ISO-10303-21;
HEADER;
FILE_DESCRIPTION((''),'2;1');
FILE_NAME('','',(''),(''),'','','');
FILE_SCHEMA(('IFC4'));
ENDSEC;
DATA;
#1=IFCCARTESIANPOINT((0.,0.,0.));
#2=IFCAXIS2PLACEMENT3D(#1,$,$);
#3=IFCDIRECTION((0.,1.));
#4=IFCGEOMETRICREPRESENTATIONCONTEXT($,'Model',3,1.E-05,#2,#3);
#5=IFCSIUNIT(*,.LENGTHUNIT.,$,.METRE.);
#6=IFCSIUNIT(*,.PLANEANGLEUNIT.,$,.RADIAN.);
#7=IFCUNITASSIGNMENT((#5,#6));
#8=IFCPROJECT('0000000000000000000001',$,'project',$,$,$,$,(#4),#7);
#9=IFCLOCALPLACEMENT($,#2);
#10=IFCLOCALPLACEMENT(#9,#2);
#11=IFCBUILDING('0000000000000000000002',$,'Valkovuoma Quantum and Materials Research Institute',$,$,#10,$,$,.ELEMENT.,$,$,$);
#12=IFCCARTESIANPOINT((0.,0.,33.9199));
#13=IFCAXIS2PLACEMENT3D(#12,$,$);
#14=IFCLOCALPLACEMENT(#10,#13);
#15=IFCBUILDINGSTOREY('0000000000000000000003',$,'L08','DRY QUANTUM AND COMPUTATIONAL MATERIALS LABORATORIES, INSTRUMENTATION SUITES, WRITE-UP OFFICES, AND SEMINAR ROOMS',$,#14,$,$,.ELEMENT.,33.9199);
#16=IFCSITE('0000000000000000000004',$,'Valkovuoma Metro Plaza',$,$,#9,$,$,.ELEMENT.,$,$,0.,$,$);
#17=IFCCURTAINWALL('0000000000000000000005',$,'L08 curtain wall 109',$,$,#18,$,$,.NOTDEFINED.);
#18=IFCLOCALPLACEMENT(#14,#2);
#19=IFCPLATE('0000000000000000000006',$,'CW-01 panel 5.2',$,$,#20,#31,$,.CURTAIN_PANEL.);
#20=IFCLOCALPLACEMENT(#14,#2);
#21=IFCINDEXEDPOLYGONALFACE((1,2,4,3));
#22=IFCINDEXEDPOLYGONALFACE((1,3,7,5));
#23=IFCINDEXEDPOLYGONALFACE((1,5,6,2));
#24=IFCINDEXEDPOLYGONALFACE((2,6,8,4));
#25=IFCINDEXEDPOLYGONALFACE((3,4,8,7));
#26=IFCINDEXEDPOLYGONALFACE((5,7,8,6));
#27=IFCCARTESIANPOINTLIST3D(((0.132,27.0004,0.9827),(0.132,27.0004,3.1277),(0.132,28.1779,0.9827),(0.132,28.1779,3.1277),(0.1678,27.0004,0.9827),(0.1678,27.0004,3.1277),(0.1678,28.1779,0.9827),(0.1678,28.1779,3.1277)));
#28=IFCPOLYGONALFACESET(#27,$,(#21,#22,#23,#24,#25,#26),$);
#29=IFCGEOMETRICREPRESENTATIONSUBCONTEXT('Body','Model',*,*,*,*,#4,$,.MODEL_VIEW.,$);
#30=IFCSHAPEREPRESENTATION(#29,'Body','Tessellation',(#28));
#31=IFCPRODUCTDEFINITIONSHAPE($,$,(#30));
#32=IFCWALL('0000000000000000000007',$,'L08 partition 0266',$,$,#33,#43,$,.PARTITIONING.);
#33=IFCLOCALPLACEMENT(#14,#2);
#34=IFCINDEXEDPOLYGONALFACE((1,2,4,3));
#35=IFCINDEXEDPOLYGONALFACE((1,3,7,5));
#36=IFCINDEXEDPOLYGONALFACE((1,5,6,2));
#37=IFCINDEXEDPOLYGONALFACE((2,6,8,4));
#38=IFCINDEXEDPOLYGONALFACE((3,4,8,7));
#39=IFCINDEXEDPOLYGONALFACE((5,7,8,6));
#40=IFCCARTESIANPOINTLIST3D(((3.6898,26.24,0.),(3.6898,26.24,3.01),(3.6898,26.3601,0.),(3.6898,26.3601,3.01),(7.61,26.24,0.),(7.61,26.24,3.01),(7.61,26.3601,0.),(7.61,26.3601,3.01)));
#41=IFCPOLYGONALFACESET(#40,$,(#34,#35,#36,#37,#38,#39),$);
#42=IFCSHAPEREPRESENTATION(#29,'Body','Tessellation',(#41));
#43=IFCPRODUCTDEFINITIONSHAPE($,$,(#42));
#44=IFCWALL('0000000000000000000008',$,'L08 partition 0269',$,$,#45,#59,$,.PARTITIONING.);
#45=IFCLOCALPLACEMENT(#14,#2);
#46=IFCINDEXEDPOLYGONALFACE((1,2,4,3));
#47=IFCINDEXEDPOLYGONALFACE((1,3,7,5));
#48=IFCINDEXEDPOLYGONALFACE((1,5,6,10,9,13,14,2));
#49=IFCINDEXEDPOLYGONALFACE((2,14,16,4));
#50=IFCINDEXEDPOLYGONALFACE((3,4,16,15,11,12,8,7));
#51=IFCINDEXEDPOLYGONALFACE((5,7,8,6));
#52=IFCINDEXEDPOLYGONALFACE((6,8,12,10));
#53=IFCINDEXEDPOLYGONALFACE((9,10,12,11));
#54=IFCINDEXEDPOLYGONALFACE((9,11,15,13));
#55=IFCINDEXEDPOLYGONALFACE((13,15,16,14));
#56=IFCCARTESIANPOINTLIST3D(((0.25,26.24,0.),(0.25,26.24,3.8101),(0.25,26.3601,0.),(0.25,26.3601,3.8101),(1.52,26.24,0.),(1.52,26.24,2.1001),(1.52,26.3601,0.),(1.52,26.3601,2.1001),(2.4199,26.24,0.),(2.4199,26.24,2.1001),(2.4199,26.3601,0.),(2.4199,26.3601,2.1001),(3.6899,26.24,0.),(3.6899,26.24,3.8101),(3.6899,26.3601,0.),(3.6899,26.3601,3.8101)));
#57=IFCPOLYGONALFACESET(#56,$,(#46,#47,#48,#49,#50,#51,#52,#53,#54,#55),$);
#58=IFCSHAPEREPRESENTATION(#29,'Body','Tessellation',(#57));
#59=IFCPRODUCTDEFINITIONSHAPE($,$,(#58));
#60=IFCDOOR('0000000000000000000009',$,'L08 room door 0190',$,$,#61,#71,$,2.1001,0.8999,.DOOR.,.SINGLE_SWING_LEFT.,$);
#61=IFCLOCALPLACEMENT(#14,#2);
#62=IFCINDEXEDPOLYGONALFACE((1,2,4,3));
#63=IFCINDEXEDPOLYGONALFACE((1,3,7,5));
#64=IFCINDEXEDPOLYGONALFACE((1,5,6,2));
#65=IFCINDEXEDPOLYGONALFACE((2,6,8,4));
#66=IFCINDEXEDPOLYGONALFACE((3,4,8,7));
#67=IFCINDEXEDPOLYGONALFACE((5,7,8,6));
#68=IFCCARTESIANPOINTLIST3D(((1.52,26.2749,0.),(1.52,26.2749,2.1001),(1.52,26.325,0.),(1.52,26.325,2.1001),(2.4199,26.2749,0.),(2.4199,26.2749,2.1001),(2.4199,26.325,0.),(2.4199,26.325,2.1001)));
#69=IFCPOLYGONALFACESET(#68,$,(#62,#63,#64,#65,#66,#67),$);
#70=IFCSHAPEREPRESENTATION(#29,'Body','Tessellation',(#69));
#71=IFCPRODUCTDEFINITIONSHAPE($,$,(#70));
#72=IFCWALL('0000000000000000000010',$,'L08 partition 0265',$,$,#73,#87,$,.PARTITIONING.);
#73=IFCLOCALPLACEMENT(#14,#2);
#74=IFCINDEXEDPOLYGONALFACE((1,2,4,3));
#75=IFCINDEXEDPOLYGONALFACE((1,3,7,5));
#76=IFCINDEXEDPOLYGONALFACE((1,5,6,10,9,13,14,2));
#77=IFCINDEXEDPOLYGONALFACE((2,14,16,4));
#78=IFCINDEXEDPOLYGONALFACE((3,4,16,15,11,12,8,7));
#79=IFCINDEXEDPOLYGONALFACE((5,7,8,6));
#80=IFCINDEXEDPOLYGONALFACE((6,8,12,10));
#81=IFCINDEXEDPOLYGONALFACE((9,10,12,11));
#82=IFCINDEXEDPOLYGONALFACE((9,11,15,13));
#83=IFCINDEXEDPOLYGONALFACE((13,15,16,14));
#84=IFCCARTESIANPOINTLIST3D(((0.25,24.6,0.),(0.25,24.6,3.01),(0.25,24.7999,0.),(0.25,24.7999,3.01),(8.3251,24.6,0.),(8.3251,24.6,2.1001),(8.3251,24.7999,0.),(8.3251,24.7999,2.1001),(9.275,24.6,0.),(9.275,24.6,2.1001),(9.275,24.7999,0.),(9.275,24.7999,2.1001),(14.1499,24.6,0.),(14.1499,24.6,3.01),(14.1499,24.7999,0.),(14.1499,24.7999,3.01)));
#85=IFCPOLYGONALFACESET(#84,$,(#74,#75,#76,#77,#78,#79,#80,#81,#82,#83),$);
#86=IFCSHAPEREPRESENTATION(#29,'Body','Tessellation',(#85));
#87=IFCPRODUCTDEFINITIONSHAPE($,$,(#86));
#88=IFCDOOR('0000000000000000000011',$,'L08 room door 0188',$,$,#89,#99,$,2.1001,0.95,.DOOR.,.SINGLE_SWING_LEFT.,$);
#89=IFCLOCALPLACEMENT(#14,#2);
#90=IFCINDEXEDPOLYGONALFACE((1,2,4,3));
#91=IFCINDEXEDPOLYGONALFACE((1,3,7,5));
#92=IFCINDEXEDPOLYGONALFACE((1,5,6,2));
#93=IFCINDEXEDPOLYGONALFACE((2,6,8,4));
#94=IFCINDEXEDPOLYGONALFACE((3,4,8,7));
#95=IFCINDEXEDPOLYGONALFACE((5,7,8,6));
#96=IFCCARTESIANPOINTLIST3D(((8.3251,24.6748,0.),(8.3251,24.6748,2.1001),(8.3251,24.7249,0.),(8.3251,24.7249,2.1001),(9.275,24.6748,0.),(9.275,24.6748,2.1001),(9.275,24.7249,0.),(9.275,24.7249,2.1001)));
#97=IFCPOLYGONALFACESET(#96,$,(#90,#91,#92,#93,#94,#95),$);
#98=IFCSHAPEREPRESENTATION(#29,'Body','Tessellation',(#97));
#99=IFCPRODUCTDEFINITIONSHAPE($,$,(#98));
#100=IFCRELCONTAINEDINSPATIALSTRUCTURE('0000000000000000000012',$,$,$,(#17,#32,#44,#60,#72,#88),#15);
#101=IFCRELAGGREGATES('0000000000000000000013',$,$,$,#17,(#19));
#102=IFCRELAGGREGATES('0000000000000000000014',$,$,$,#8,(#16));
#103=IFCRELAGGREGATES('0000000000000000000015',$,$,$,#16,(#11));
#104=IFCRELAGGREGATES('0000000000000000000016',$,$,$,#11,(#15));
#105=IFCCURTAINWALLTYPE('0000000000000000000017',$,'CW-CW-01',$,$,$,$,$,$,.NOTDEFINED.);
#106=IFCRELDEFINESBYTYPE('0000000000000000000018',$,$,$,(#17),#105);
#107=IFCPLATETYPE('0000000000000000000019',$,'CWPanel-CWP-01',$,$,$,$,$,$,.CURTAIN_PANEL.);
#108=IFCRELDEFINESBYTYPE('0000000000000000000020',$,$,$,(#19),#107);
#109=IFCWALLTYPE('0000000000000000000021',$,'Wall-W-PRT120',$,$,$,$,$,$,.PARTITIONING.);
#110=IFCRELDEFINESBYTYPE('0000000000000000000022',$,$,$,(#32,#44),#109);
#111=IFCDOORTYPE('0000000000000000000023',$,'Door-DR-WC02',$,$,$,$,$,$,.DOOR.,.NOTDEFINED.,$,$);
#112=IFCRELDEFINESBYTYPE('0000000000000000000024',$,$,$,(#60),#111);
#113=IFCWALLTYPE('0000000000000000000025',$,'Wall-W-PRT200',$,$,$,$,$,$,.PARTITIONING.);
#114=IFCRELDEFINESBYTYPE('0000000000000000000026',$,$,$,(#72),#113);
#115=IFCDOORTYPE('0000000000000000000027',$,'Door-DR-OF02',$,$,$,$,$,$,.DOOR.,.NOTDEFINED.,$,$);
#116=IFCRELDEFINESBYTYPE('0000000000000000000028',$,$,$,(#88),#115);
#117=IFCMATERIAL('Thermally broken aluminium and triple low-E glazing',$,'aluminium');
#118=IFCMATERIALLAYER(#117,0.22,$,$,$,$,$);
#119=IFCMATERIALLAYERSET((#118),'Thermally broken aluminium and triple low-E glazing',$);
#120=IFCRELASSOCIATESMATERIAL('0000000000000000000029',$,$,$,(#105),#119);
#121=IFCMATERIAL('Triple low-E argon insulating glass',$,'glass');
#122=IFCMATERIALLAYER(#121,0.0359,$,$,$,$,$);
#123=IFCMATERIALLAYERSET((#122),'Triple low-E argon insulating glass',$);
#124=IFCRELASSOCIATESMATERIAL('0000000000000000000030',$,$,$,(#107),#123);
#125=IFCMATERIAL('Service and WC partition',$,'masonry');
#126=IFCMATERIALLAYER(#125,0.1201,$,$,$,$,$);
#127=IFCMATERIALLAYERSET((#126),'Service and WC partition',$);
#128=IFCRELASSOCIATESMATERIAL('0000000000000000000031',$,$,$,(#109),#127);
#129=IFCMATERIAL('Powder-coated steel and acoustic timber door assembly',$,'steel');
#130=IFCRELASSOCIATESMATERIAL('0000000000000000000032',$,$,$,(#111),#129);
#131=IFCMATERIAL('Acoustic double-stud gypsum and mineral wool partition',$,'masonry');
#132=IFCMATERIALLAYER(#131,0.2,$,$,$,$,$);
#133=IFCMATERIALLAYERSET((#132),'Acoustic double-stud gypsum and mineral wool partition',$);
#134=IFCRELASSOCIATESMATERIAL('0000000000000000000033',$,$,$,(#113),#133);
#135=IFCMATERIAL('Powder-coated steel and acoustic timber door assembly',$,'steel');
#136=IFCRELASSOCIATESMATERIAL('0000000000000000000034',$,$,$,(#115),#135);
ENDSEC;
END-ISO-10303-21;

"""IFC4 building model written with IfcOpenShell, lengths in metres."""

from ifc_helpers import new_model, si_unit, direction, frame, frame_2d, origin, origin_2d, place, context, subcontext, project, spatial, rectangle, extrude, material, layer, layer_set, type_object, element, fill, aggregate, save


model = new_model("IFC4")

# Units and contexts
model_context = context("Model", 3, precision=1e-05, world=origin(), true_north=direction((0.0, 1.0)))
body_context = subcontext(model_context, "Body", "Model", "MODEL_VIEW")
ifc_project = project(units=[si_unit("LENGTHUNIT", "METRE"), si_unit("PLANEANGLEUNIT", "RADIAN")], contexts=[model_context])

# Site, building, storey
site_placement = place(None, origin())
site = spatial("IfcSite", under=ifc_project, at=site_placement, Name="Valkovuoma Metro Plaza", CompositionType="ELEMENT", RefElevation=0.0)
building_placement = place(site_placement, origin())
building = spatial("IfcBuilding", under=site, at=building_placement, Name="Valkovuoma Quantum and Materials Research Institute", CompositionType="ELEMENT")
storey_placement = place(building_placement, frame((0.0, 0.0, 33.9199)))
storey = spatial("IfcBuildingStorey", under=building, at=storey_placement, Name="L08", Description="DRY QUANTUM AND COMPUTATIONAL MATERIALS LABORATORIES, INSTRUMENTATION SUITES, WRITE-UP OFFICES, AND SEMINAR ROOMS", CompositionType="ELEMENT", Elevation=33.9199)

# Curtain wall, plate
ifc_material_1 = material(Name="Thermally broken aluminium and triple low-E glazing", Category="aluminium")
ifc_layer_1 = layer(ifc_material_1, 0.22)
ifc_layer_set_1 = layer_set([ifc_layer_1], Name="Thermally broken aluminium and triple low-E glazing")
curtain_wall_type = type_object("IfcCurtainWallType", Name="CW-CW-01", PredefinedType="NOTDEFINED", material=ifc_layer_set_1)
curtain_wall_placement = place(storey_placement, origin())
curtain_wall = element("IfcCurtainWall", 1, at=curtain_wall_placement, inside=storey, type_object=curtain_wall_type, Name="L08 curtain wall 109", PredefinedType="NOTDEFINED")
ifc_material_2 = material(Name="Triple low-E argon insulating glass", Category="glass")
ifc_layer_2 = layer(ifc_material_2, 0.0359)
ifc_layer_set_2 = layer_set([ifc_layer_2], Name="Triple low-E argon insulating glass")
plate_type = type_object("IfcPlateType", Name="CWPanel-CWP-01", PredefinedType="CURTAIN_PANEL", material=ifc_layer_set_2)
plate_1_placement = place(storey_placement, frame((0.1499, 27.5891, 0.9827), z_axis=(0.0, 0.0, 1.0), x_axis=(0.0, 1.0, 0.0)))
plate_1 = element("IfcPlate", 2, at=plate_1_placement, type_object=plate_type, Name="CW-01 panel 5.2", PredefinedType="CURTAIN_PANEL", context=body_context, shape_type="SweptSolid", body=[
    extrude(rectangle(XDim=1.1775, YDim=0.0359, at=origin_2d()), origin(), (0.0, 0.0, 1.0), 2.145),
])
aggregate(curtain_wall, [plate_1])

# Wall
ifc_material_3 = material(Name="Service and WC partition", Category="masonry")
ifc_layer_3 = layer(ifc_material_3, 0.1201)
ifc_layer_set_3 = layer_set([ifc_layer_3], Name="Service and WC partition")
wall_type_1 = type_object("IfcWallType", Name="Wall-W-PRT120", PredefinedType="PARTITIONING", material=ifc_layer_set_3)
wall_1_placement = place(storey_placement, frame((3.6899, 26.3, 0.0), z_axis=(0.0, 0.0, 1.0), x_axis=(1.0, 0.0, 0.0)))
element("IfcWall", 3, at=wall_1_placement, inside=storey, type_object=wall_type_1, Name="L08 partition 0266", PredefinedType="PARTITIONING", context=body_context, shape_type="SweptSolid", body=[
    extrude(rectangle(XDim=3.9202, YDim=0.1201, at=frame_2d((1.96, 0.0))), origin(), (0.0, 0.0, 1.0), 3.01),
])

# Walls, openings, doors
wall_2_placement = place(storey_placement, frame((0.25, 26.3, 0.0), z_axis=(0.0, 0.0, 1.0), x_axis=(1.0, 0.0, 0.0)))
wall_2 = element("IfcWall", 4, at=wall_2_placement, inside=storey, type_object=wall_type_1, Name="L08 partition 0269", PredefinedType="PARTITIONING", context=body_context, shape_type="SweptSolid", body=[
    extrude(rectangle(XDim=3.4399, YDim=0.1201, at=frame_2d((1.72, 0.0))), origin(), (0.0, 0.0, 1.0), 3.8101),
])
opening_1_placement = place(wall_2_placement, frame((1.27, 0.0, 0.0)))
opening_1 = element("IfcOpeningElement", 5, at=opening_1_placement, cuts=wall_2, PredefinedType="OPENING", context=body_context, shape_type="SweptSolid", body=[
    extrude(rectangle(XDim=0.8999, YDim=2.1001, at=frame_2d((0.45, 1.05))), frame((0.0, 0.0701, 0.0), z_axis=(0.0, -1.0, 0.0), x_axis=(1.0, 0.0, 0.0)), (0.0, 0.0, 1.0), 0.1401),
])
ifc_material_4 = material(Name="Powder-coated steel and acoustic timber door assembly", Category="steel")
door_type_1 = type_object("IfcDoorType", Name="Door-DR-WC02", OperationType="NOTDEFINED", PredefinedType="DOOR", material=ifc_material_4)
door_1_placement = place(opening_1_placement, origin())
door_1 = element("IfcDoor", 6, at=door_1_placement, inside=storey, type_object=door_type_1, Name="L08 room door 0190", OperationType="SINGLE_SWING_LEFT", OverallHeight=2.1001, OverallWidth=0.8999, PredefinedType="DOOR", context=body_context, shape_type="SweptSolid", body=[
    extrude(rectangle(XDim=0.8999, YDim=2.1001, at=frame_2d((0.45, 1.05))), frame((0.0, 0.0249, 0.0), z_axis=(0.0, -1.0, 0.0), x_axis=(1.0, 0.0, 0.0)), (0.0, 0.0, 1.0), 0.05),
])
fill(opening_1, door_1)
ifc_material_5 = material(Name="Acoustic double-stud gypsum and mineral wool partition", Category="masonry")
ifc_layer_4 = layer(ifc_material_5, 0.2)
ifc_layer_set_4 = layer_set([ifc_layer_4], Name="Acoustic double-stud gypsum and mineral wool partition")
wall_type_2 = type_object("IfcWallType", Name="Wall-W-PRT200", PredefinedType="PARTITIONING", material=ifc_layer_set_4)
wall_3_placement = place(storey_placement, frame((0.25, 24.7, 0.0), z_axis=(0.0, 0.0, 1.0), x_axis=(1.0, 0.0, 0.0)))
wall_3 = element("IfcWall", 7, at=wall_3_placement, inside=storey, type_object=wall_type_2, Name="L08 partition 0265", PredefinedType="PARTITIONING", context=body_context, shape_type="SweptSolid", body=[
    extrude(rectangle(XDim=13.8999, YDim=0.2, at=frame_2d((6.95, 0.0))), origin(), (0.0, 0.0, 1.0), 3.01),
])
opening_2_placement = place(wall_3_placement, frame((8.075, 0.0, 0.0)))
opening_2 = element("IfcOpeningElement", 8, at=opening_2_placement, cuts=wall_3, PredefinedType="OPENING", context=body_context, shape_type="SweptSolid", body=[
    extrude(rectangle(XDim=0.95, YDim=2.1001, at=frame_2d((0.4751, 1.05))), frame((0.0, 0.1099, 0.0), z_axis=(0.0, -1.0, 0.0), x_axis=(1.0, 0.0, 0.0)), (0.0, 0.0, 1.0), 0.22),
])
ifc_material_6 = material(Name="Powder-coated steel and acoustic timber door assembly", Category="steel")
door_type_2 = type_object("IfcDoorType", Name="Door-DR-OF02", OperationType="NOTDEFINED", PredefinedType="DOOR", material=ifc_material_6)
door_2_placement = place(opening_2_placement, origin())
door_2 = element("IfcDoor", 9, at=door_2_placement, inside=storey, type_object=door_type_2, Name="L08 room door 0188", OperationType="SINGLE_SWING_LEFT", OverallHeight=2.1001, OverallWidth=0.95, PredefinedType="DOOR", context=body_context, shape_type="SweptSolid", body=[
    extrude(rectangle(XDim=0.95, YDim=2.1001, at=frame_2d((0.4751, 1.05))), frame((0.0, 0.0249, 0.0), z_axis=(0.0, -1.0, 0.0), x_axis=(1.0, 0.0, 0.0)), (0.0, 0.0, 1.0), 0.05),
])
fill(opening_2, door_2)

save(model, "model.ifc")
